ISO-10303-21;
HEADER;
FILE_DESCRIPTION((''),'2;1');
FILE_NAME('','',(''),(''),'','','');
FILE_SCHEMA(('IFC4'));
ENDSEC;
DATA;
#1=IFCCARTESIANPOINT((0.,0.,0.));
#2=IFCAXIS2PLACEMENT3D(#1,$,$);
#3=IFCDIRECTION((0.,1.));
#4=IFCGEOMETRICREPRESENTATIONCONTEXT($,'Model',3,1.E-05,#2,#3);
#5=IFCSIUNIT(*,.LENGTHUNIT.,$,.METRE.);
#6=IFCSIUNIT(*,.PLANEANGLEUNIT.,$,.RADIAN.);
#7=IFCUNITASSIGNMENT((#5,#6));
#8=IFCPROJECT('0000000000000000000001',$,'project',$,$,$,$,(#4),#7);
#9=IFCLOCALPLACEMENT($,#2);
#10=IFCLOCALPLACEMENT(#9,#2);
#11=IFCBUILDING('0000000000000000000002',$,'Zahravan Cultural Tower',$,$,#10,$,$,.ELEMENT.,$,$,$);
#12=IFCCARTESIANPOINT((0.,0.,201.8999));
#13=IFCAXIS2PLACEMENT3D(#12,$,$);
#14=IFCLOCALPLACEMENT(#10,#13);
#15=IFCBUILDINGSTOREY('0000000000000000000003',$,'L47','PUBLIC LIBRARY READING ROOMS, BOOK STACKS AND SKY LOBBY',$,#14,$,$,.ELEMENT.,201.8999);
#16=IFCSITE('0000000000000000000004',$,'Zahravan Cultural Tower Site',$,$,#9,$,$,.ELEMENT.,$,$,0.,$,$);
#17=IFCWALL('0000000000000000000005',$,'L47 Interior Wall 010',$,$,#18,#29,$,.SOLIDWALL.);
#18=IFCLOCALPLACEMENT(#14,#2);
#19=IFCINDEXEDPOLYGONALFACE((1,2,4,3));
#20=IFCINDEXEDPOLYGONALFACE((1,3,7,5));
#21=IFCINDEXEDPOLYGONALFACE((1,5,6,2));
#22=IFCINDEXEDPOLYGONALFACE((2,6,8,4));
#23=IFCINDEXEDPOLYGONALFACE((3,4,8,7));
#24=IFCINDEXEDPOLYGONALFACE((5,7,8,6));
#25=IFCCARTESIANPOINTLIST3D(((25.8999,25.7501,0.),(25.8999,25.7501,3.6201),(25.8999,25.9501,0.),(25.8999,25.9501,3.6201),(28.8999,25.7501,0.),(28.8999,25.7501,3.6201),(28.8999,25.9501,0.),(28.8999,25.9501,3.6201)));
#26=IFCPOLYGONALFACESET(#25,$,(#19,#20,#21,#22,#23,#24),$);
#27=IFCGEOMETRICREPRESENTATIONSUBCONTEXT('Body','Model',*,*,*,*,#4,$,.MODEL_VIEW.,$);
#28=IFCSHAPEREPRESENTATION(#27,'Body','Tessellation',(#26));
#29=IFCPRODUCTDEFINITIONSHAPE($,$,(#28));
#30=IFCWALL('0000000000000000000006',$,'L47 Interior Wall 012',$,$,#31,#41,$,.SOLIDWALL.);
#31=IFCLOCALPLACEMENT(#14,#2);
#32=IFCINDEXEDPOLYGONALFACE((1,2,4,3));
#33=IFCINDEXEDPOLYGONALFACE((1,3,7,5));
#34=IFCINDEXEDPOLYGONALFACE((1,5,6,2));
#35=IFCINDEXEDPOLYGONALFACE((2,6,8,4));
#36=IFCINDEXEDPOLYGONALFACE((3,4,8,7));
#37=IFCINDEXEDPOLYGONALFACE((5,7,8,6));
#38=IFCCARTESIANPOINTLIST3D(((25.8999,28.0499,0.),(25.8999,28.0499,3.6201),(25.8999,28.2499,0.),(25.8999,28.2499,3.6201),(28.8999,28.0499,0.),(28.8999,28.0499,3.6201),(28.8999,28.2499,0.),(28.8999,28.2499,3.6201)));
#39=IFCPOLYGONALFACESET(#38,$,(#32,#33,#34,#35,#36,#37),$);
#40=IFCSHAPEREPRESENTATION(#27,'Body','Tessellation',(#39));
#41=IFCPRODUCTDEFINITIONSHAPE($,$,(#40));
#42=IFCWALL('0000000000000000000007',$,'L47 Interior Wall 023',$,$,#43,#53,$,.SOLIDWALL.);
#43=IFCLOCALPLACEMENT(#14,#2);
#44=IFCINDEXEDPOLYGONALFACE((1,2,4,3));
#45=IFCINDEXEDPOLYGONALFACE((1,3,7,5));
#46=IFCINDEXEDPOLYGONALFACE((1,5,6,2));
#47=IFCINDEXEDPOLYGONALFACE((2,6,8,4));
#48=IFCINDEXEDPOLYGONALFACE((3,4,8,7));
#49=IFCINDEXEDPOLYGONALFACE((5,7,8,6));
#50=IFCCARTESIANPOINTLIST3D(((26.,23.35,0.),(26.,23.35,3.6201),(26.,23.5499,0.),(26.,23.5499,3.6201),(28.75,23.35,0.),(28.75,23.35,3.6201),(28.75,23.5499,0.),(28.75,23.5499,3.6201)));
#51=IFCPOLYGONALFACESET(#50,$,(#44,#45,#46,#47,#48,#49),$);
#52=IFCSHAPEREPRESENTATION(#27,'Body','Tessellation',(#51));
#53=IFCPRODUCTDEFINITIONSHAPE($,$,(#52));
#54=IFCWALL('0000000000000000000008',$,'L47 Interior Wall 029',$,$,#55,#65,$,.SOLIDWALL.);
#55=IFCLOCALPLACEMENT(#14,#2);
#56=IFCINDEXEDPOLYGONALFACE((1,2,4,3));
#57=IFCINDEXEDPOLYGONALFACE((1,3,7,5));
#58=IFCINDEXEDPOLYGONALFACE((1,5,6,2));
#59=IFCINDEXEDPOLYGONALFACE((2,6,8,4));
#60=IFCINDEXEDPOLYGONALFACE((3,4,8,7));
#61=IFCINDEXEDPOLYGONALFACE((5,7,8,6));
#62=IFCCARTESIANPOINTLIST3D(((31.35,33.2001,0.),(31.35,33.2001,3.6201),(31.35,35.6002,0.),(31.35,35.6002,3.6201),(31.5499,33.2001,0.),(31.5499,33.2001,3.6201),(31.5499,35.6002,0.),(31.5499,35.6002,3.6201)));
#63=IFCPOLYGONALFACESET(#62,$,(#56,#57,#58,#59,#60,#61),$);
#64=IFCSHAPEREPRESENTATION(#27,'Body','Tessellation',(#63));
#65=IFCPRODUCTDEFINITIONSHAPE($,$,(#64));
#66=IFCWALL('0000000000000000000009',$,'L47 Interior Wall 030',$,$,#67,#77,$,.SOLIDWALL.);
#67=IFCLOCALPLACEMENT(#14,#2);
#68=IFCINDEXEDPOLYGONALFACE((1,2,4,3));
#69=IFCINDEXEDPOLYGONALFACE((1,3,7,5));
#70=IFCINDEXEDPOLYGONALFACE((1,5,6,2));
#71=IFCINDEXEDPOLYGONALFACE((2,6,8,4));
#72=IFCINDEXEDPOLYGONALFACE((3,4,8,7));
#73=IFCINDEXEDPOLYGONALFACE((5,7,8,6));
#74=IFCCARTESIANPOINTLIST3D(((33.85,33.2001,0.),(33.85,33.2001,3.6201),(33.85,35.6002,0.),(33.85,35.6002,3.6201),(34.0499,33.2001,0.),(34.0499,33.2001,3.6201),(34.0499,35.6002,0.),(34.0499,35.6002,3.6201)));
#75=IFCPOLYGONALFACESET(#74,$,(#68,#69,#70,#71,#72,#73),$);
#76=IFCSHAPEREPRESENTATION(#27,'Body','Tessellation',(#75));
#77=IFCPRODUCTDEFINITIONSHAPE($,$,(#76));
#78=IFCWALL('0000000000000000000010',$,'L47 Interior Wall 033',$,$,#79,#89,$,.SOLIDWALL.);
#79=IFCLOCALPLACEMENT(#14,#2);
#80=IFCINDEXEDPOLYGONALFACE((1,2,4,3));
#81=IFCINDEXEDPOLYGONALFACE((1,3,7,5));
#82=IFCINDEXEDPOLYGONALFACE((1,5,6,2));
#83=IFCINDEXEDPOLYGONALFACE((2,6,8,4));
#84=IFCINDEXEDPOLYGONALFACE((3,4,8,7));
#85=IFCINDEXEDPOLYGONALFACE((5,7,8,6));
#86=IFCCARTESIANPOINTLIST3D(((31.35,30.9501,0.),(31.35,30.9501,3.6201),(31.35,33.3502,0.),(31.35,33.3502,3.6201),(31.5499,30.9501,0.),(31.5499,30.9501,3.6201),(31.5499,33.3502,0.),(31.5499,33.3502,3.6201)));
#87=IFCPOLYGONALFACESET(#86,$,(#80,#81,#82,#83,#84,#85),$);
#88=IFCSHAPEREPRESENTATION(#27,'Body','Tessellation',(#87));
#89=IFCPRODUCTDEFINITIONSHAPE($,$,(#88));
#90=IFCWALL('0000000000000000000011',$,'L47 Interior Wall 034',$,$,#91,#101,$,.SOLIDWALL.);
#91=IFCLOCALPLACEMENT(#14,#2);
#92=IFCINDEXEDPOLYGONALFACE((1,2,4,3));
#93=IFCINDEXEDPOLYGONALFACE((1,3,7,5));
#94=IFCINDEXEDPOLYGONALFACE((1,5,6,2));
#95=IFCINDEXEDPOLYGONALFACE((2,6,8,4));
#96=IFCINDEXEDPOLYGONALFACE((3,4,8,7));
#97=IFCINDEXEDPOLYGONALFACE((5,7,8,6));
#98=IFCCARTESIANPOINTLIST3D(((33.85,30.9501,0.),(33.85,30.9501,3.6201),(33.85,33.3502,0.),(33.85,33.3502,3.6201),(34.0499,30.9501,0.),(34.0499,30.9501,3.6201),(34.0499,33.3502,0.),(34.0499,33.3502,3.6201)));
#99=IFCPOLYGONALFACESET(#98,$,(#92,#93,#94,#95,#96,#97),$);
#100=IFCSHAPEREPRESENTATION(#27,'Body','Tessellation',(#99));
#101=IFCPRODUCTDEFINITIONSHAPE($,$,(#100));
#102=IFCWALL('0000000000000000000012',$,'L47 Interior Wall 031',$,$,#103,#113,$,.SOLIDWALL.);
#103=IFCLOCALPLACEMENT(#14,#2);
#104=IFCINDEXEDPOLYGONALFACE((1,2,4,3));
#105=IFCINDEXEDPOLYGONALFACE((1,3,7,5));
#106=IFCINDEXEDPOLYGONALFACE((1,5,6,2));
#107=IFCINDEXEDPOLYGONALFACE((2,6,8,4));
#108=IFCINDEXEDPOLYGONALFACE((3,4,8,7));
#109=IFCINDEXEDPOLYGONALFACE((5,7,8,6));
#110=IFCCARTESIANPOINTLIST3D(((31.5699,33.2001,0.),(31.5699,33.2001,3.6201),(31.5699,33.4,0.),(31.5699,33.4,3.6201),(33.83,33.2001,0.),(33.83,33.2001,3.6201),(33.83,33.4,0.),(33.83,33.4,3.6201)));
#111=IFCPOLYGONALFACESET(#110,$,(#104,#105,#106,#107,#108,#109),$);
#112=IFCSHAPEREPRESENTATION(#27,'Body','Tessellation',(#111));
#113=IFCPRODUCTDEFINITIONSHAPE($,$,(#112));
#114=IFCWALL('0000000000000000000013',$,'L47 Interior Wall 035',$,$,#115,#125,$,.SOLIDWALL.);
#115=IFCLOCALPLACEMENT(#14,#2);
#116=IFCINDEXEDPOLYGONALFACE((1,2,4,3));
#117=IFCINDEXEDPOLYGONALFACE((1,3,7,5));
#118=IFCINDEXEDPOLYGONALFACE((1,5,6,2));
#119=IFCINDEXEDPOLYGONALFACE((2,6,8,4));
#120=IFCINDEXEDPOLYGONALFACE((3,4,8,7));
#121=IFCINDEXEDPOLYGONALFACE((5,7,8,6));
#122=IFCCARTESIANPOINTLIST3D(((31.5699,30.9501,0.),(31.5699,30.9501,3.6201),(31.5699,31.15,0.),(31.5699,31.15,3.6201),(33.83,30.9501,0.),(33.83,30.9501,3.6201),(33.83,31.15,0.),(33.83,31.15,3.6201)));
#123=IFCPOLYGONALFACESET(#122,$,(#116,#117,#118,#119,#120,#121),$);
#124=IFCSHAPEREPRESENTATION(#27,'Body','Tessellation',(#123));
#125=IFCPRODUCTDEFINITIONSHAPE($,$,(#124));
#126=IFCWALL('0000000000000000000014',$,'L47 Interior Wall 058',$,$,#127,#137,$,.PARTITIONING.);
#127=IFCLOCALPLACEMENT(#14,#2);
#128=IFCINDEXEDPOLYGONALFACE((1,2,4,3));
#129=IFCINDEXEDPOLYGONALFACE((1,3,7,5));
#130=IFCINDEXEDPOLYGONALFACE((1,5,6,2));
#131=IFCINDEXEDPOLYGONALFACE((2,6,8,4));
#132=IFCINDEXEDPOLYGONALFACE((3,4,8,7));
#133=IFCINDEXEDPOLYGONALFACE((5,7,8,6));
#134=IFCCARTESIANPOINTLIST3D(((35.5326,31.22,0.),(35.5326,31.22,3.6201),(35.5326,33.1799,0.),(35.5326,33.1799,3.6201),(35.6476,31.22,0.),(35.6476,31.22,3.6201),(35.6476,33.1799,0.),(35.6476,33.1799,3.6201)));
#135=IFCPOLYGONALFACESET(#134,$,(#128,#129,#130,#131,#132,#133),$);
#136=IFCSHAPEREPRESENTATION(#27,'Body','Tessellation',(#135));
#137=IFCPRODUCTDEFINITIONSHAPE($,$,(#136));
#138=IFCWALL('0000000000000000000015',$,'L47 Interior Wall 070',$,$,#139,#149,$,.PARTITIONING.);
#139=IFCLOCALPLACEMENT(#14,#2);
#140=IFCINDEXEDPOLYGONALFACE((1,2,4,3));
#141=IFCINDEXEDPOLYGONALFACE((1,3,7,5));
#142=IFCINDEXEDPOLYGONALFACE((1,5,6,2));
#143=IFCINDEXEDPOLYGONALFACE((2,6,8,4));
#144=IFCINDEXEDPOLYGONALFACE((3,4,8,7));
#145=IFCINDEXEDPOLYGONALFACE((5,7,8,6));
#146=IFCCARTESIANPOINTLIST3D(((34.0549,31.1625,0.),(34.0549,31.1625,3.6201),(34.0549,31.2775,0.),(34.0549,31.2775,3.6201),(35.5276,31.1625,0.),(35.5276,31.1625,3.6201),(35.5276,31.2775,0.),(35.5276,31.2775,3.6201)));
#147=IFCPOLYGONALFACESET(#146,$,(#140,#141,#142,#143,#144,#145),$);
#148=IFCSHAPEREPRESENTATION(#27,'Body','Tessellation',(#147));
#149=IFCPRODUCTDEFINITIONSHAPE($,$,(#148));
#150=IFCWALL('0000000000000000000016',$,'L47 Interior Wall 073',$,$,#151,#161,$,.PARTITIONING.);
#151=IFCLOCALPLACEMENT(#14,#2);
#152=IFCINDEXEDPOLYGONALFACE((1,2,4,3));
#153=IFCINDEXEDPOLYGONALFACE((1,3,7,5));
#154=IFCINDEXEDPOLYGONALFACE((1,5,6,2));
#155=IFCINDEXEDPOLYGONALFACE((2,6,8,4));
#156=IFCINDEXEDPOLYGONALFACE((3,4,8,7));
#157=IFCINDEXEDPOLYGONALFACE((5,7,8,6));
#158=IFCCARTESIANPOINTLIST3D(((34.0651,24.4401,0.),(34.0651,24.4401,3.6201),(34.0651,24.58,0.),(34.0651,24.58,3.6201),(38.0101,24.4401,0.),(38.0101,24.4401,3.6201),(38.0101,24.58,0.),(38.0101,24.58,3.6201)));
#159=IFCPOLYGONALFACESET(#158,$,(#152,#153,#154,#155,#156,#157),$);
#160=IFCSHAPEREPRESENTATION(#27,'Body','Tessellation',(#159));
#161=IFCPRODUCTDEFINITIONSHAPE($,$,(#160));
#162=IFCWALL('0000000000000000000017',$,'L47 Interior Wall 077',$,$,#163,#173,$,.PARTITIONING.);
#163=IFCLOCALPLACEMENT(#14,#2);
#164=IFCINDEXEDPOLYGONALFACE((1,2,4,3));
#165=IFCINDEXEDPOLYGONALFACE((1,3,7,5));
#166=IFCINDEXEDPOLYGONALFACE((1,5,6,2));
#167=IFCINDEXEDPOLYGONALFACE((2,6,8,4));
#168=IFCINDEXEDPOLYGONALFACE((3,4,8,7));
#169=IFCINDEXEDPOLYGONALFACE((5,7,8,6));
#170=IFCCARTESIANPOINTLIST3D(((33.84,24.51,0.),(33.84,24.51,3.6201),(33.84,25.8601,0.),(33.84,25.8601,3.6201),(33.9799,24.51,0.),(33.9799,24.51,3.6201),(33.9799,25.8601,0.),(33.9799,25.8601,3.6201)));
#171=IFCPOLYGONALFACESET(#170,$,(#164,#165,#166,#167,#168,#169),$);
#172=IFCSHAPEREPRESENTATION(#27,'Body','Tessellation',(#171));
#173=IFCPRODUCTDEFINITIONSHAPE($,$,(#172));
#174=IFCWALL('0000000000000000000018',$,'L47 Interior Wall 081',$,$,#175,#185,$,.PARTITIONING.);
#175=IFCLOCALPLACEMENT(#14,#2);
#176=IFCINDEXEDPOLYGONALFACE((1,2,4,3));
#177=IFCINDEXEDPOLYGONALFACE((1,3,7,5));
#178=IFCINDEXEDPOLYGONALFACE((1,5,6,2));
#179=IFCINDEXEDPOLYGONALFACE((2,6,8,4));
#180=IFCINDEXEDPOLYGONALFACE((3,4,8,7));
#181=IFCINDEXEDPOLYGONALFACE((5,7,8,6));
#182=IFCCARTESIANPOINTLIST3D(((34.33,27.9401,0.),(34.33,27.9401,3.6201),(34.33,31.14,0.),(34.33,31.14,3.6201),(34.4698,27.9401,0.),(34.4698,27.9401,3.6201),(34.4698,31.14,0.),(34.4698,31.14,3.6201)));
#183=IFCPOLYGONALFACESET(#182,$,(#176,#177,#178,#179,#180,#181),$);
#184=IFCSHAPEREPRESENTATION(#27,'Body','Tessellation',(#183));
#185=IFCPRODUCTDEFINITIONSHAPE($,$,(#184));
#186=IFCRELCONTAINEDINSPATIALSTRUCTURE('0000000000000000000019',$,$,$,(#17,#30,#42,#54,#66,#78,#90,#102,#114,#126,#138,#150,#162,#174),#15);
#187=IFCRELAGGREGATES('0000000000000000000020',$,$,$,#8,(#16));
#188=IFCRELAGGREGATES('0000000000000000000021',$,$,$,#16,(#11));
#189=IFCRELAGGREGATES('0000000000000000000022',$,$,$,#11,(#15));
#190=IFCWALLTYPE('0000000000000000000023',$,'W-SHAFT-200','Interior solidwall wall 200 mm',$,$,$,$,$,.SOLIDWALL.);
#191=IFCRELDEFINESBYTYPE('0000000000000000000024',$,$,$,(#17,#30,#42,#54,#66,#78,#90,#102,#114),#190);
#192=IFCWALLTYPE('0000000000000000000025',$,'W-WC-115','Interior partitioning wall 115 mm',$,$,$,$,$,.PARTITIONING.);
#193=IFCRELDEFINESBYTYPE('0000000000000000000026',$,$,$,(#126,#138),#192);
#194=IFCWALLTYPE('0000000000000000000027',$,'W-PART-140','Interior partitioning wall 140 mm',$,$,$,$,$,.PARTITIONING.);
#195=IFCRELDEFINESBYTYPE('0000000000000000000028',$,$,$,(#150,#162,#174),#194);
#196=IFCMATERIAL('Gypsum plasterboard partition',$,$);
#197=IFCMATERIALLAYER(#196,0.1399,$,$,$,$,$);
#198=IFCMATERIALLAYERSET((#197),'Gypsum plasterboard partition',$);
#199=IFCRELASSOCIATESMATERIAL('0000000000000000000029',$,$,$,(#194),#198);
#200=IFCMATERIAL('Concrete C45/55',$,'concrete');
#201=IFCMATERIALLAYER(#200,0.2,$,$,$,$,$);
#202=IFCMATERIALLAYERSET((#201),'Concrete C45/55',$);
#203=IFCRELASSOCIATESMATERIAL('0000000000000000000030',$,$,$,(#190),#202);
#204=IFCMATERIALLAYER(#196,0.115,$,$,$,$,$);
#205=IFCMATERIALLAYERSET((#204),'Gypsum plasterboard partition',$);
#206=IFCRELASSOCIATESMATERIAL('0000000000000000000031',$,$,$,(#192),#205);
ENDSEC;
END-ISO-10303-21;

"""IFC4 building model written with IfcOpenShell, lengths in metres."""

from ifc_helpers import new_model, si_unit, direction, frame, frame_2d, origin, place, context, subcontext, project, spatial, rectangle, extrude, source, transform, mapped, material, layer, layer_set, type_object, element, save


model = new_model("IFC4")

# Units and contexts
model_context = context("Model", 3, precision=1e-05, world=origin(), true_north=direction((0.0, 1.0)))
body_context = subcontext(model_context, "Body", "Model", "MODEL_VIEW")
ifc_project = project(units=[si_unit("LENGTHUNIT", "METRE"), si_unit("PLANEANGLEUNIT", "RADIAN")], contexts=[model_context])

# Site, building, storey
site_placement = place(None, origin())
site = spatial("IfcSite", under=ifc_project, at=site_placement, Name="Zahravan Cultural Tower Site", CompositionType="ELEMENT", RefElevation=0.0)
building_placement = place(site_placement, origin())
building = spatial("IfcBuilding", under=site, at=building_placement, Name="Zahravan Cultural Tower", CompositionType="ELEMENT")
storey_placement = place(building_placement, frame((0.0, 0.0, 201.8999)))
storey = spatial("IfcBuildingStorey", under=building, at=storey_placement, Name="L47", Description="PUBLIC LIBRARY READING ROOMS, BOOK STACKS AND SKY LOBBY", CompositionType="ELEMENT", Elevation=201.8999)

# Shared definitions
ifc_material_1 = material(Name="Gypsum plasterboard partition")
ifc_layer_1 = layer(ifc_material_1, 0.1399)
ifc_layer_set_1 = layer_set([ifc_layer_1], Name="Gypsum plasterboard partition")
wall_type_1 = type_object("IfcWallType", Name="W-PART-140", Description="Interior partitioning wall 140 mm", PredefinedType="PARTITIONING", material=ifc_layer_set_1)
ifc_material_2 = material(Name="Concrete C45/55", Category="concrete")
ifc_layer_2 = layer(ifc_material_2, 0.2)
ifc_layer_set_2 = layer_set([ifc_layer_2], Name="Concrete C45/55")
wall_type_2 = type_object("IfcWallType", Name="W-SHAFT-200", Description="Interior solidwall wall 200 mm", PredefinedType="SOLIDWALL", material=ifc_layer_set_2)

# Walls
shared_shape_1 = source(origin(), body_context, "Body", "SweptSolid", [
    extrude(rectangle(XDim=3.0, YDim=0.2, at=frame_2d((1.5, 0.0))), origin(), (0.0, 0.0, 1.0), 3.6201),
])
for number, where, z_axis, x_axis, name in (
    (1, (25.8999, 25.8501, 0.0), (0.0, 0.0, 1.0), (1.0, 0.0, 0.0), "L47 Interior Wall 010"),
    (2, (25.8999, 28.1499, 0.0), (0.0, 0.0, 1.0), (1.0, 0.0, 0.0), "L47 Interior Wall 012"),
):
    element("IfcWall", number, at=place(storey_placement, frame(where, z_axis=z_axis, x_axis=x_axis)), inside=storey, type_object=wall_type_2, Name=name, PredefinedType="SOLIDWALL", context=body_context, shape_type="MappedRepresentation", body=[
        mapped(shared_shape_1, transform((0.0, 0.0, 0.0), x_axis=(1.0, 0.0, 0.0), y_axis=(0.0, 1.0, 0.0), z_axis=(0.0, 0.0, 1.0), scale=1.0)),
    ])
shared_shape_2 = source(origin(), body_context, "Body", "SweptSolid", [
    extrude(rectangle(XDim=2.75, YDim=0.2, at=frame_2d((1.375, 0.0))), origin(), (0.0, 0.0, 1.0), 3.6201),
])
wall_1_placement = place(storey_placement, frame((26.0, 23.45, 0.0), z_axis=(0.0, 0.0, 1.0), x_axis=(1.0, 0.0, 0.0)))
element("IfcWall", 3, at=wall_1_placement, inside=storey, type_object=wall_type_2, Name="L47 Interior Wall 023", PredefinedType="SOLIDWALL", context=body_context, shape_type="MappedRepresentation", body=[
    mapped(shared_shape_2, transform((0.0, 0.0, 0.0), x_axis=(1.0, 0.0, 0.0), y_axis=(0.0, 1.0, 0.0), z_axis=(0.0, 0.0, 1.0), scale=1.0)),
])
shared_shape_3 = source(origin(), body_context, "Body", "SweptSolid", [
    extrude(rectangle(XDim=2.4001, YDim=0.2, at=frame_2d((1.2002, 0.0))), origin(), (0.0, 0.0, 1.0), 3.6201),
])
for number, where, z_axis, x_axis, name in (
    (4, (31.45, 33.2, 0.0), (0.0, 0.0, 1.0), (0.0, 1.0, 0.0), "L47 Interior Wall 029"),
    (5, (33.95, 33.2, 0.0), (0.0, 0.0, 1.0), (0.0, 1.0, 0.0), "L47 Interior Wall 030"),
    (6, (31.45, 30.95, 0.0), (0.0, 0.0, 1.0), (0.0, 1.0, 0.0), "L47 Interior Wall 033"),
    (7, (33.95, 30.95, 0.0), (0.0, 0.0, 1.0), (0.0, 1.0, 0.0), "L47 Interior Wall 034"),
):
    element("IfcWall", number, at=place(storey_placement, frame(where, z_axis=z_axis, x_axis=x_axis)), inside=storey, type_object=wall_type_2, Name=name, PredefinedType="SOLIDWALL", context=body_context, shape_type="MappedRepresentation", body=[
        mapped(shared_shape_3, transform((0.0, 0.0, 0.0), x_axis=(1.0, 0.0, 0.0), y_axis=(0.0, 1.0, 0.0), z_axis=(0.0, 0.0, 1.0), scale=1.0)),
    ])
shared_shape_4 = source(origin(), body_context, "Body", "SweptSolid", [
    extrude(rectangle(XDim=2.26, YDim=0.2, at=frame_2d((1.1299, 0.0))), origin(), (0.0, 0.0, 1.0), 3.6201),
])
for number, where, z_axis, x_axis, name in (
    (8, (31.5701, 33.3, 0.0), (0.0, 0.0, 1.0), (1.0, 0.0, 0.0), "L47 Interior Wall 031"),
    (9, (31.5701, 31.05, 0.0), (0.0, 0.0, 1.0), (1.0, 0.0, 0.0), "L47 Interior Wall 035"),
):
    element("IfcWall", number, at=place(storey_placement, frame(where, z_axis=z_axis, x_axis=x_axis)), inside=storey, type_object=wall_type_2, Name=name, PredefinedType="SOLIDWALL", context=body_context, shape_type="MappedRepresentation", body=[
        mapped(shared_shape_4, transform((0.0, 0.0, 0.0), x_axis=(1.0, 0.0, 0.0), y_axis=(0.0, 1.0, 0.0), z_axis=(0.0, 0.0, 1.0), scale=1.0)),
    ])
ifc_layer_3 = layer(ifc_material_1, 0.115)
ifc_layer_set_3 = layer_set([ifc_layer_3], Name="Gypsum plasterboard partition")
wall_type_3 = type_object("IfcWallType", Name="W-WC-115", Description="Interior partitioning wall 115 mm", PredefinedType="PARTITIONING", material=ifc_layer_set_3)
shared_shape_5 = source(origin(), body_context, "Body", "SweptSolid", [
    extrude(rectangle(XDim=1.96, YDim=0.115, at=frame_2d((0.98, 0.0))), origin(), (0.0, 0.0, 1.0), 3.6201),
])
wall_2_placement = place(storey_placement, frame((35.5901, 31.22, 0.0), z_axis=(0.0, 0.0, 1.0), x_axis=(0.0, 1.0, 0.0)))
element("IfcWall", 10, at=wall_2_placement, inside=storey, type_object=wall_type_3, Name="L47 Interior Wall 058", PredefinedType="PARTITIONING", context=body_context, shape_type="MappedRepresentation", body=[
    mapped(shared_shape_5, transform((0.0, 0.0, 0.0), x_axis=(1.0, 0.0, 0.0), y_axis=(0.0, 1.0, 0.0), z_axis=(0.0, 0.0, 1.0), scale=1.0)),
])
shared_shape_6 = source(origin(), body_context, "Body", "SweptSolid", [
    extrude(rectangle(XDim=1.4727, YDim=0.115, at=frame_2d((0.7363, 0.0))), origin(), (0.0, 0.0, 1.0), 3.6201),
])
wall_3_placement = place(storey_placement, frame((35.5276, 31.22, 0.0), z_axis=(0.0, 0.0, 1.0), x_axis=(-1.0, 0.0, 0.0)))
element("IfcWall", 11, at=wall_3_placement, inside=storey, type_object=wall_type_3, Name="L47 Interior Wall 070", PredefinedType="PARTITIONING", context=body_context, shape_type="MappedRepresentation", body=[
    mapped(shared_shape_6, transform((0.0, 0.0, 0.0), x_axis=(1.0, 0.0, 0.0), y_axis=(0.0, 1.0, 0.0), z_axis=(0.0, 0.0, 1.0), scale=1.0)),
])
shared_shape_7 = source(origin(), body_context, "Body", "SweptSolid", [
    extrude(rectangle(XDim=3.9451, YDim=0.1399, at=frame_2d((1.9727, 0.0))), origin(), (0.0, 0.0, 1.0), 3.6201),
])
wall_4_placement = place(storey_placement, frame((34.0649, 24.51, 0.0), z_axis=(0.0, 0.0, 1.0), x_axis=(1.0, 0.0, 0.0)))
element("IfcWall", 12, at=wall_4_placement, inside=storey, type_object=wall_type_1, Name="L47 Interior Wall 073", PredefinedType="PARTITIONING", context=body_context, shape_type="MappedRepresentation", body=[
    mapped(shared_shape_7, transform((0.0, 0.0, 0.0), x_axis=(1.0, 0.0, 0.0), y_axis=(0.0, 1.0, 0.0), z_axis=(0.0, 0.0, 1.0), scale=1.0)),
])
shared_shape_8 = source(origin(), body_context, "Body", "SweptSolid", [
    extrude(rectangle(XDim=1.3501, YDim=0.1399, at=frame_2d((0.675, 0.0))), origin(), (0.0, 0.0, 1.0), 3.6201),
])
wall_5_placement = place(storey_placement, frame((33.9099, 25.8601, 0.0), z_axis=(0.0, 0.0, 1.0), x_axis=(0.0, -1.0, 0.0)))
element("IfcWall", 13, at=wall_5_placement, inside=storey, type_object=wall_type_1, Name="L47 Interior Wall 077", PredefinedType="PARTITIONING", context=body_context, shape_type="MappedRepresentation", body=[
    mapped(shared_shape_8, transform((0.0, 0.0, 0.0), x_axis=(1.0, 0.0, 0.0), y_axis=(0.0, 1.0, 0.0), z_axis=(0.0, 0.0, 1.0), scale=1.0)),
])
shared_shape_9 = source(origin(), body_context, "Body", "SweptSolid", [
    extrude(rectangle(XDim=3.2, YDim=0.1399, at=frame_2d((1.6001, 0.0))), origin(), (0.0, 0.0, 1.0), 3.6201),
])
wall_6_placement = place(storey_placement, frame((34.3999, 27.9399, 0.0), z_axis=(0.0, 0.0, 1.0), x_axis=(0.0, 1.0, 0.0)))
element("IfcWall", 14, at=wall_6_placement, inside=storey, type_object=wall_type_1, Name="L47 Interior Wall 081", PredefinedType="PARTITIONING", context=body_context, shape_type="MappedRepresentation", body=[
    mapped(shared_shape_9, transform((0.0, 0.0, 0.0), x_axis=(1.0, 0.0, 0.0), y_axis=(0.0, 1.0, 0.0), z_axis=(0.0, 0.0, 1.0), scale=1.0)),
])

save(model, "model.ifc")
